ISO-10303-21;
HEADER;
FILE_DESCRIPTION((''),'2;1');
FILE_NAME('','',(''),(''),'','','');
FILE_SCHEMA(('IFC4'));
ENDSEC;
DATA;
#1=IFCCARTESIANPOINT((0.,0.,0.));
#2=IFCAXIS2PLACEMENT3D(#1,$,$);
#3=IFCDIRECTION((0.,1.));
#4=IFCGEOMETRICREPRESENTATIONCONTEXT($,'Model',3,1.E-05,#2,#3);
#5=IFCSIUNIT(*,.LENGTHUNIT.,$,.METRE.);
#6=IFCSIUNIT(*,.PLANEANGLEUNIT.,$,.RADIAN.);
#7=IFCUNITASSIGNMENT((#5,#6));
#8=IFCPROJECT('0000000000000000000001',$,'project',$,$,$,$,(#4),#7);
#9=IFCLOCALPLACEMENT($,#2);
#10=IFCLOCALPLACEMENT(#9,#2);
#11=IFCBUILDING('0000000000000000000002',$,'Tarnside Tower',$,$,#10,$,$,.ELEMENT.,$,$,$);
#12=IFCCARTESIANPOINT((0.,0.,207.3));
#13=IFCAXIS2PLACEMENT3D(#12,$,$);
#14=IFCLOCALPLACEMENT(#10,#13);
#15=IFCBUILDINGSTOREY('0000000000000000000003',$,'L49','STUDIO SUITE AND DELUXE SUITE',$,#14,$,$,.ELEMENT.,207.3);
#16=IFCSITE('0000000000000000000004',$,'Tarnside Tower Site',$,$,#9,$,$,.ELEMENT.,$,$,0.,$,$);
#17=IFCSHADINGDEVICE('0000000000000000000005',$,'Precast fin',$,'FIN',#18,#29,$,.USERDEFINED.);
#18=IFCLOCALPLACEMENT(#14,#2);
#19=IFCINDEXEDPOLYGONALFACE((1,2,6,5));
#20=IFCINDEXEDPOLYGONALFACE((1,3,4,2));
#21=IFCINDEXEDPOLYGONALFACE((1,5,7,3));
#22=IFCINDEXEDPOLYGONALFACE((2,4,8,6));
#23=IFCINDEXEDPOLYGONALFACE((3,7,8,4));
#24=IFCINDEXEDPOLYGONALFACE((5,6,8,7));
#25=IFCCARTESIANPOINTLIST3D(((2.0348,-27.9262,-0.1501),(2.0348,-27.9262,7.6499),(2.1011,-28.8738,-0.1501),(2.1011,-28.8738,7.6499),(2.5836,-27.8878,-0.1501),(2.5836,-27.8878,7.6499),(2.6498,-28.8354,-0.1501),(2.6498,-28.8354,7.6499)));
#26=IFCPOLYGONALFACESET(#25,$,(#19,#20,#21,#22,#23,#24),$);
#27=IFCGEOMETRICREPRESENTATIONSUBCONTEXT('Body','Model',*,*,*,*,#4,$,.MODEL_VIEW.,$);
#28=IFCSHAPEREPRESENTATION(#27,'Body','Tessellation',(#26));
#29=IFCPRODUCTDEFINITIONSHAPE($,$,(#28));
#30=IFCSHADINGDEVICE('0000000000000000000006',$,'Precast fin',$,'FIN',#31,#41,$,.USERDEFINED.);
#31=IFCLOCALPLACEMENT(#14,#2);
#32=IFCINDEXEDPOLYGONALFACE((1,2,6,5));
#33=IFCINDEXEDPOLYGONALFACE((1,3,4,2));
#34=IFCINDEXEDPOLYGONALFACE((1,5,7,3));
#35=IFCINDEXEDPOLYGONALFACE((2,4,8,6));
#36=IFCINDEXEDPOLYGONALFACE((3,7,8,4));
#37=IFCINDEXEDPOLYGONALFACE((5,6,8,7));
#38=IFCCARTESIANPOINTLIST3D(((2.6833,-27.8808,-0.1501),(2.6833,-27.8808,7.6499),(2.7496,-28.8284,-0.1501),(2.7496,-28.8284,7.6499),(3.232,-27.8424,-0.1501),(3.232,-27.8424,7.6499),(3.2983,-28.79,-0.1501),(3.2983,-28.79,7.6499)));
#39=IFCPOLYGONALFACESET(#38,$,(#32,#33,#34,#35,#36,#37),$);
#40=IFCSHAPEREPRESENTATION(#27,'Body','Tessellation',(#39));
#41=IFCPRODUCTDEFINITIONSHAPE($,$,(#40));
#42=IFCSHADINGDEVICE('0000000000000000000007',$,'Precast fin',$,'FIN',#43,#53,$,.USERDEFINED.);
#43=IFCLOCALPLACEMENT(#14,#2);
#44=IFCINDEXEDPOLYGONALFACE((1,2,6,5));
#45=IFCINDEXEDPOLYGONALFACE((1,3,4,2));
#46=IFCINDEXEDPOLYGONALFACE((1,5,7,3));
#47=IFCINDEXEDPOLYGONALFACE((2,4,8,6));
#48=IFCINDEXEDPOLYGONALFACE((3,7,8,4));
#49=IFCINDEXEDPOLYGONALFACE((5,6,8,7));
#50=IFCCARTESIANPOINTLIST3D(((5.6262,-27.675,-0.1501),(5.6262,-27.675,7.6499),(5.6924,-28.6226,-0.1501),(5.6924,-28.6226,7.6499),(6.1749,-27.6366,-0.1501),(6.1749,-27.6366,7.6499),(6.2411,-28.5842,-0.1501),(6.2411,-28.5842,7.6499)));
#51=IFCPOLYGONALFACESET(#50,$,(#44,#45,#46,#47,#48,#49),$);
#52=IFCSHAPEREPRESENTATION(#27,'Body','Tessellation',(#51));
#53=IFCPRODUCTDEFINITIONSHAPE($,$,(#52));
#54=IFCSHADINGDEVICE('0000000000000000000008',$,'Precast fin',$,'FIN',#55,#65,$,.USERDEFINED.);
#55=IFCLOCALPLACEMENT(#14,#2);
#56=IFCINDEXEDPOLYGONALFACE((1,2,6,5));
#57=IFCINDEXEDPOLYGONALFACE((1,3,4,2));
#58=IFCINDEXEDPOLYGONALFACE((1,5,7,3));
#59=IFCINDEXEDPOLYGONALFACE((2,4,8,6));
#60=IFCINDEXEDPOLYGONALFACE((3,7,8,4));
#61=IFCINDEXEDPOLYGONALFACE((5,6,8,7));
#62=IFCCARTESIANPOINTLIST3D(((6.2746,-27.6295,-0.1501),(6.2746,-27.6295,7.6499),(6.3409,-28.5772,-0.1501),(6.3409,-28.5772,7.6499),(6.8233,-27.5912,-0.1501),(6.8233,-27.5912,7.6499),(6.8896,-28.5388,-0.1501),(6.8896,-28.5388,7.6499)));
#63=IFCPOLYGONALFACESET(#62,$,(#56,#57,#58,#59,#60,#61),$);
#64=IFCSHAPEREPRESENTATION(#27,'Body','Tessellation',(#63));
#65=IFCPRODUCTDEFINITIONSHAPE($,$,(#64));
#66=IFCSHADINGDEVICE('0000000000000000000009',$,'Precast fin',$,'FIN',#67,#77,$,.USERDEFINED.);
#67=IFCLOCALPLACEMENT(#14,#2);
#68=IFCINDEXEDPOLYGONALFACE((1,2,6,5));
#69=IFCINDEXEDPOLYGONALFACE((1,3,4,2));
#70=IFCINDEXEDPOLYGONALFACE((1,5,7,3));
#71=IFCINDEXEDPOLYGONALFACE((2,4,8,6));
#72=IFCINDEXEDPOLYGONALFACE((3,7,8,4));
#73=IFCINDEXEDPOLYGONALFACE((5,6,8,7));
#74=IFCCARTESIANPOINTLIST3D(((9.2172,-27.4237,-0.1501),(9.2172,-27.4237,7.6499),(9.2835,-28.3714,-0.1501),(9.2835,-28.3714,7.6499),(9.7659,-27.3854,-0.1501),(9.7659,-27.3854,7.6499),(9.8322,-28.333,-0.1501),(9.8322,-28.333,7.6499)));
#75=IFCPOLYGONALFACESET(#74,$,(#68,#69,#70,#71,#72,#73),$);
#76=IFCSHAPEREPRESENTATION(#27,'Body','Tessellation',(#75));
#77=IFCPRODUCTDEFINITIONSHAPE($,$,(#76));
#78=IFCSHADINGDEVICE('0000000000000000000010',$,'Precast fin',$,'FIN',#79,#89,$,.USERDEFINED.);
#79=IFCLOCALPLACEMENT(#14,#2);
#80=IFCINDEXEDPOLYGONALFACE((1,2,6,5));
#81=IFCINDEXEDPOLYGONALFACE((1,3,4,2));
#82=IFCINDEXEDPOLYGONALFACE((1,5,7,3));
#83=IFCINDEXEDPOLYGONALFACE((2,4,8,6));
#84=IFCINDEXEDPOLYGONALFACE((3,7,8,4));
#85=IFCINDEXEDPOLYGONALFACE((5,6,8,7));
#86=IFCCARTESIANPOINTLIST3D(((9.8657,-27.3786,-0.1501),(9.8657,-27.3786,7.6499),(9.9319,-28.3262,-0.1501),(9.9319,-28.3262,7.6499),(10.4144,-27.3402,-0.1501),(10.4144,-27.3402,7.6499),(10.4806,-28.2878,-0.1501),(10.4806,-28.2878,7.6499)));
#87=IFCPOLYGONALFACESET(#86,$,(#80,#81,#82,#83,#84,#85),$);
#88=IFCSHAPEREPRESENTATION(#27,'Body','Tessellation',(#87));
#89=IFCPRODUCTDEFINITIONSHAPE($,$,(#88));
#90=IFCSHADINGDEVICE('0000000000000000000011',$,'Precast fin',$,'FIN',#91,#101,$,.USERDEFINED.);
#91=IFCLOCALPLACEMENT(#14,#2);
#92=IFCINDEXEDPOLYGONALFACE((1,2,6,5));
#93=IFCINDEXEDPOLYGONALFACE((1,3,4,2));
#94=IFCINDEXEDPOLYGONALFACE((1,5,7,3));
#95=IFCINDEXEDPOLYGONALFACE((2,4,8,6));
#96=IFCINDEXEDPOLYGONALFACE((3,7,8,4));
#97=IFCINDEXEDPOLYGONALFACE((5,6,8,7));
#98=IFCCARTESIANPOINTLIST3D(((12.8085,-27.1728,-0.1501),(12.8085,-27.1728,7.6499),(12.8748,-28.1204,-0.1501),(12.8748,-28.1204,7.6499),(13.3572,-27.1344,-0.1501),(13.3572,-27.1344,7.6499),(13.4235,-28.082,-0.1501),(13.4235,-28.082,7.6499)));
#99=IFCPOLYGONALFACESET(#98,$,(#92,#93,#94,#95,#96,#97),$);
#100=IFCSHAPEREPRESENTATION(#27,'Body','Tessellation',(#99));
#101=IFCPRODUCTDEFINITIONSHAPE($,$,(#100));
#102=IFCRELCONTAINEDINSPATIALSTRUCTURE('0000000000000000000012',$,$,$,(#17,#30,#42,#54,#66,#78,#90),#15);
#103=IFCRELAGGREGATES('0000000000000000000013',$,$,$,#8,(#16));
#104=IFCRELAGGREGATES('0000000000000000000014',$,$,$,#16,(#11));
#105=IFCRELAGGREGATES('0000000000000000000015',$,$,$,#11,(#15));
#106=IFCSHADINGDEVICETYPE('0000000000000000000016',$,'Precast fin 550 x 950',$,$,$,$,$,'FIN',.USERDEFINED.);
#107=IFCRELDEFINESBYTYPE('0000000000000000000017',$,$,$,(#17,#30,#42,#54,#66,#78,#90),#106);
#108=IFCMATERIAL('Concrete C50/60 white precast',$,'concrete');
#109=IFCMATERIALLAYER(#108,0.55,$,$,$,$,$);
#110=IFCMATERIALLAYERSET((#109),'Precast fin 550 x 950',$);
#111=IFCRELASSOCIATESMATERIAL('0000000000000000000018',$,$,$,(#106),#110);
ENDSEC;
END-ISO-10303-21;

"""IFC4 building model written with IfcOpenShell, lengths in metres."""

from ifc_helpers import new_model, si_unit, direction, frame, origin, place, context, subcontext, project, spatial, polyline, outline, extrude, material, layer, layer_set, type_object, element, save


model = new_model("IFC4")

# Units and contexts
model_context = context("Model", 3, precision=1e-05, world=origin(), true_north=direction((0.0, 1.0)))
body_context = subcontext(model_context, "Body", "Model", "MODEL_VIEW")
ifc_project = project(units=[si_unit("LENGTHUNIT", "METRE"), si_unit("PLANEANGLEUNIT", "RADIAN")], contexts=[model_context])

# Site, building, storey
site_placement = place(None, origin())
site = spatial("IfcSite", under=ifc_project, at=site_placement, Name="Tarnside Tower Site", CompositionType="ELEMENT", RefElevation=0.0)
building_placement = place(site_placement, origin())
building = spatial("IfcBuilding", under=site, at=building_placement, Name="Tarnside Tower", CompositionType="ELEMENT")
storey_placement = place(building_placement, frame((0.0, 0.0, 207.3)))
storey = spatial("IfcBuildingStorey", under=building, at=storey_placement, Name="L49", Description="STUDIO SUITE AND DELUXE SUITE", CompositionType="ELEMENT", Elevation=207.3)

# Shading devices
ifc_material_1 = material(Name="Concrete C50/60 white precast", Category="concrete")
ifc_layer_1 = layer(ifc_material_1, 0.55)
ifc_layer_set_1 = layer_set([ifc_layer_1], Name="Precast fin 550 x 950")
shading_device_type = type_object("IfcShadingDeviceType", Name="Precast fin 550 x 950", ElementType="FIN", PredefinedType="USERDEFINED", material=ifc_layer_set_1)
for number, where, z_axis, x_axis, name in (
    (1, (2.3093, -27.907, -0.1501), (-0.997564, -0.069756, 0.0), (0.069756, -0.997564, 0.0), "Precast fin"),
    (2, (2.9578, -27.8616, -0.1501), (-0.997564, -0.069756, 0.0), (0.069756, -0.997564, 0.0), "Precast fin"),
    (3, (5.9006, -27.6558, -0.1501), (-0.997564, -0.069756, 0.0), (0.069756, -0.997564, 0.0), "Precast fin"),
    (4, (6.5491, -27.6104, -0.1501), (-0.997564, -0.069756, 0.0), (0.069756, -0.997564, 0.0), "Precast fin"),
    (5, (9.4917, -27.4045, -0.1501), (-0.997564, -0.069756, 0.0), (0.069756, -0.997564, 0.0), "Precast fin"),
    (6, (10.1401, -27.3594, -0.1501), (-0.997564, -0.069756, 0.0), (0.069756, -0.997564, 0.0), "Precast fin"),
    (7, (13.083, -27.1536, -0.1501), (-0.997564, -0.069756, 0.0), (0.069756, -0.997564, 0.0), "Precast fin"),
):
    element("IfcShadingDevice", number, at=place(storey_placement, frame(where, z_axis=z_axis, x_axis=x_axis)), inside=storey, type_object=shading_device_type, Name=name, ObjectType="FIN", PredefinedType="USERDEFINED", context=body_context, shape_type="SweptSolid", body=[
        extrude(outline(polyline([(0.0, 0.0), (0.95, 0.0), (0.95, 7.8), (0.0, 7.8), (0.0, 0.0)])), frame((0.0, 0.0, -0.2749)), (0.0, 0.0, 1.0), 0.55),
    ])

save(model, "model.ifc")
